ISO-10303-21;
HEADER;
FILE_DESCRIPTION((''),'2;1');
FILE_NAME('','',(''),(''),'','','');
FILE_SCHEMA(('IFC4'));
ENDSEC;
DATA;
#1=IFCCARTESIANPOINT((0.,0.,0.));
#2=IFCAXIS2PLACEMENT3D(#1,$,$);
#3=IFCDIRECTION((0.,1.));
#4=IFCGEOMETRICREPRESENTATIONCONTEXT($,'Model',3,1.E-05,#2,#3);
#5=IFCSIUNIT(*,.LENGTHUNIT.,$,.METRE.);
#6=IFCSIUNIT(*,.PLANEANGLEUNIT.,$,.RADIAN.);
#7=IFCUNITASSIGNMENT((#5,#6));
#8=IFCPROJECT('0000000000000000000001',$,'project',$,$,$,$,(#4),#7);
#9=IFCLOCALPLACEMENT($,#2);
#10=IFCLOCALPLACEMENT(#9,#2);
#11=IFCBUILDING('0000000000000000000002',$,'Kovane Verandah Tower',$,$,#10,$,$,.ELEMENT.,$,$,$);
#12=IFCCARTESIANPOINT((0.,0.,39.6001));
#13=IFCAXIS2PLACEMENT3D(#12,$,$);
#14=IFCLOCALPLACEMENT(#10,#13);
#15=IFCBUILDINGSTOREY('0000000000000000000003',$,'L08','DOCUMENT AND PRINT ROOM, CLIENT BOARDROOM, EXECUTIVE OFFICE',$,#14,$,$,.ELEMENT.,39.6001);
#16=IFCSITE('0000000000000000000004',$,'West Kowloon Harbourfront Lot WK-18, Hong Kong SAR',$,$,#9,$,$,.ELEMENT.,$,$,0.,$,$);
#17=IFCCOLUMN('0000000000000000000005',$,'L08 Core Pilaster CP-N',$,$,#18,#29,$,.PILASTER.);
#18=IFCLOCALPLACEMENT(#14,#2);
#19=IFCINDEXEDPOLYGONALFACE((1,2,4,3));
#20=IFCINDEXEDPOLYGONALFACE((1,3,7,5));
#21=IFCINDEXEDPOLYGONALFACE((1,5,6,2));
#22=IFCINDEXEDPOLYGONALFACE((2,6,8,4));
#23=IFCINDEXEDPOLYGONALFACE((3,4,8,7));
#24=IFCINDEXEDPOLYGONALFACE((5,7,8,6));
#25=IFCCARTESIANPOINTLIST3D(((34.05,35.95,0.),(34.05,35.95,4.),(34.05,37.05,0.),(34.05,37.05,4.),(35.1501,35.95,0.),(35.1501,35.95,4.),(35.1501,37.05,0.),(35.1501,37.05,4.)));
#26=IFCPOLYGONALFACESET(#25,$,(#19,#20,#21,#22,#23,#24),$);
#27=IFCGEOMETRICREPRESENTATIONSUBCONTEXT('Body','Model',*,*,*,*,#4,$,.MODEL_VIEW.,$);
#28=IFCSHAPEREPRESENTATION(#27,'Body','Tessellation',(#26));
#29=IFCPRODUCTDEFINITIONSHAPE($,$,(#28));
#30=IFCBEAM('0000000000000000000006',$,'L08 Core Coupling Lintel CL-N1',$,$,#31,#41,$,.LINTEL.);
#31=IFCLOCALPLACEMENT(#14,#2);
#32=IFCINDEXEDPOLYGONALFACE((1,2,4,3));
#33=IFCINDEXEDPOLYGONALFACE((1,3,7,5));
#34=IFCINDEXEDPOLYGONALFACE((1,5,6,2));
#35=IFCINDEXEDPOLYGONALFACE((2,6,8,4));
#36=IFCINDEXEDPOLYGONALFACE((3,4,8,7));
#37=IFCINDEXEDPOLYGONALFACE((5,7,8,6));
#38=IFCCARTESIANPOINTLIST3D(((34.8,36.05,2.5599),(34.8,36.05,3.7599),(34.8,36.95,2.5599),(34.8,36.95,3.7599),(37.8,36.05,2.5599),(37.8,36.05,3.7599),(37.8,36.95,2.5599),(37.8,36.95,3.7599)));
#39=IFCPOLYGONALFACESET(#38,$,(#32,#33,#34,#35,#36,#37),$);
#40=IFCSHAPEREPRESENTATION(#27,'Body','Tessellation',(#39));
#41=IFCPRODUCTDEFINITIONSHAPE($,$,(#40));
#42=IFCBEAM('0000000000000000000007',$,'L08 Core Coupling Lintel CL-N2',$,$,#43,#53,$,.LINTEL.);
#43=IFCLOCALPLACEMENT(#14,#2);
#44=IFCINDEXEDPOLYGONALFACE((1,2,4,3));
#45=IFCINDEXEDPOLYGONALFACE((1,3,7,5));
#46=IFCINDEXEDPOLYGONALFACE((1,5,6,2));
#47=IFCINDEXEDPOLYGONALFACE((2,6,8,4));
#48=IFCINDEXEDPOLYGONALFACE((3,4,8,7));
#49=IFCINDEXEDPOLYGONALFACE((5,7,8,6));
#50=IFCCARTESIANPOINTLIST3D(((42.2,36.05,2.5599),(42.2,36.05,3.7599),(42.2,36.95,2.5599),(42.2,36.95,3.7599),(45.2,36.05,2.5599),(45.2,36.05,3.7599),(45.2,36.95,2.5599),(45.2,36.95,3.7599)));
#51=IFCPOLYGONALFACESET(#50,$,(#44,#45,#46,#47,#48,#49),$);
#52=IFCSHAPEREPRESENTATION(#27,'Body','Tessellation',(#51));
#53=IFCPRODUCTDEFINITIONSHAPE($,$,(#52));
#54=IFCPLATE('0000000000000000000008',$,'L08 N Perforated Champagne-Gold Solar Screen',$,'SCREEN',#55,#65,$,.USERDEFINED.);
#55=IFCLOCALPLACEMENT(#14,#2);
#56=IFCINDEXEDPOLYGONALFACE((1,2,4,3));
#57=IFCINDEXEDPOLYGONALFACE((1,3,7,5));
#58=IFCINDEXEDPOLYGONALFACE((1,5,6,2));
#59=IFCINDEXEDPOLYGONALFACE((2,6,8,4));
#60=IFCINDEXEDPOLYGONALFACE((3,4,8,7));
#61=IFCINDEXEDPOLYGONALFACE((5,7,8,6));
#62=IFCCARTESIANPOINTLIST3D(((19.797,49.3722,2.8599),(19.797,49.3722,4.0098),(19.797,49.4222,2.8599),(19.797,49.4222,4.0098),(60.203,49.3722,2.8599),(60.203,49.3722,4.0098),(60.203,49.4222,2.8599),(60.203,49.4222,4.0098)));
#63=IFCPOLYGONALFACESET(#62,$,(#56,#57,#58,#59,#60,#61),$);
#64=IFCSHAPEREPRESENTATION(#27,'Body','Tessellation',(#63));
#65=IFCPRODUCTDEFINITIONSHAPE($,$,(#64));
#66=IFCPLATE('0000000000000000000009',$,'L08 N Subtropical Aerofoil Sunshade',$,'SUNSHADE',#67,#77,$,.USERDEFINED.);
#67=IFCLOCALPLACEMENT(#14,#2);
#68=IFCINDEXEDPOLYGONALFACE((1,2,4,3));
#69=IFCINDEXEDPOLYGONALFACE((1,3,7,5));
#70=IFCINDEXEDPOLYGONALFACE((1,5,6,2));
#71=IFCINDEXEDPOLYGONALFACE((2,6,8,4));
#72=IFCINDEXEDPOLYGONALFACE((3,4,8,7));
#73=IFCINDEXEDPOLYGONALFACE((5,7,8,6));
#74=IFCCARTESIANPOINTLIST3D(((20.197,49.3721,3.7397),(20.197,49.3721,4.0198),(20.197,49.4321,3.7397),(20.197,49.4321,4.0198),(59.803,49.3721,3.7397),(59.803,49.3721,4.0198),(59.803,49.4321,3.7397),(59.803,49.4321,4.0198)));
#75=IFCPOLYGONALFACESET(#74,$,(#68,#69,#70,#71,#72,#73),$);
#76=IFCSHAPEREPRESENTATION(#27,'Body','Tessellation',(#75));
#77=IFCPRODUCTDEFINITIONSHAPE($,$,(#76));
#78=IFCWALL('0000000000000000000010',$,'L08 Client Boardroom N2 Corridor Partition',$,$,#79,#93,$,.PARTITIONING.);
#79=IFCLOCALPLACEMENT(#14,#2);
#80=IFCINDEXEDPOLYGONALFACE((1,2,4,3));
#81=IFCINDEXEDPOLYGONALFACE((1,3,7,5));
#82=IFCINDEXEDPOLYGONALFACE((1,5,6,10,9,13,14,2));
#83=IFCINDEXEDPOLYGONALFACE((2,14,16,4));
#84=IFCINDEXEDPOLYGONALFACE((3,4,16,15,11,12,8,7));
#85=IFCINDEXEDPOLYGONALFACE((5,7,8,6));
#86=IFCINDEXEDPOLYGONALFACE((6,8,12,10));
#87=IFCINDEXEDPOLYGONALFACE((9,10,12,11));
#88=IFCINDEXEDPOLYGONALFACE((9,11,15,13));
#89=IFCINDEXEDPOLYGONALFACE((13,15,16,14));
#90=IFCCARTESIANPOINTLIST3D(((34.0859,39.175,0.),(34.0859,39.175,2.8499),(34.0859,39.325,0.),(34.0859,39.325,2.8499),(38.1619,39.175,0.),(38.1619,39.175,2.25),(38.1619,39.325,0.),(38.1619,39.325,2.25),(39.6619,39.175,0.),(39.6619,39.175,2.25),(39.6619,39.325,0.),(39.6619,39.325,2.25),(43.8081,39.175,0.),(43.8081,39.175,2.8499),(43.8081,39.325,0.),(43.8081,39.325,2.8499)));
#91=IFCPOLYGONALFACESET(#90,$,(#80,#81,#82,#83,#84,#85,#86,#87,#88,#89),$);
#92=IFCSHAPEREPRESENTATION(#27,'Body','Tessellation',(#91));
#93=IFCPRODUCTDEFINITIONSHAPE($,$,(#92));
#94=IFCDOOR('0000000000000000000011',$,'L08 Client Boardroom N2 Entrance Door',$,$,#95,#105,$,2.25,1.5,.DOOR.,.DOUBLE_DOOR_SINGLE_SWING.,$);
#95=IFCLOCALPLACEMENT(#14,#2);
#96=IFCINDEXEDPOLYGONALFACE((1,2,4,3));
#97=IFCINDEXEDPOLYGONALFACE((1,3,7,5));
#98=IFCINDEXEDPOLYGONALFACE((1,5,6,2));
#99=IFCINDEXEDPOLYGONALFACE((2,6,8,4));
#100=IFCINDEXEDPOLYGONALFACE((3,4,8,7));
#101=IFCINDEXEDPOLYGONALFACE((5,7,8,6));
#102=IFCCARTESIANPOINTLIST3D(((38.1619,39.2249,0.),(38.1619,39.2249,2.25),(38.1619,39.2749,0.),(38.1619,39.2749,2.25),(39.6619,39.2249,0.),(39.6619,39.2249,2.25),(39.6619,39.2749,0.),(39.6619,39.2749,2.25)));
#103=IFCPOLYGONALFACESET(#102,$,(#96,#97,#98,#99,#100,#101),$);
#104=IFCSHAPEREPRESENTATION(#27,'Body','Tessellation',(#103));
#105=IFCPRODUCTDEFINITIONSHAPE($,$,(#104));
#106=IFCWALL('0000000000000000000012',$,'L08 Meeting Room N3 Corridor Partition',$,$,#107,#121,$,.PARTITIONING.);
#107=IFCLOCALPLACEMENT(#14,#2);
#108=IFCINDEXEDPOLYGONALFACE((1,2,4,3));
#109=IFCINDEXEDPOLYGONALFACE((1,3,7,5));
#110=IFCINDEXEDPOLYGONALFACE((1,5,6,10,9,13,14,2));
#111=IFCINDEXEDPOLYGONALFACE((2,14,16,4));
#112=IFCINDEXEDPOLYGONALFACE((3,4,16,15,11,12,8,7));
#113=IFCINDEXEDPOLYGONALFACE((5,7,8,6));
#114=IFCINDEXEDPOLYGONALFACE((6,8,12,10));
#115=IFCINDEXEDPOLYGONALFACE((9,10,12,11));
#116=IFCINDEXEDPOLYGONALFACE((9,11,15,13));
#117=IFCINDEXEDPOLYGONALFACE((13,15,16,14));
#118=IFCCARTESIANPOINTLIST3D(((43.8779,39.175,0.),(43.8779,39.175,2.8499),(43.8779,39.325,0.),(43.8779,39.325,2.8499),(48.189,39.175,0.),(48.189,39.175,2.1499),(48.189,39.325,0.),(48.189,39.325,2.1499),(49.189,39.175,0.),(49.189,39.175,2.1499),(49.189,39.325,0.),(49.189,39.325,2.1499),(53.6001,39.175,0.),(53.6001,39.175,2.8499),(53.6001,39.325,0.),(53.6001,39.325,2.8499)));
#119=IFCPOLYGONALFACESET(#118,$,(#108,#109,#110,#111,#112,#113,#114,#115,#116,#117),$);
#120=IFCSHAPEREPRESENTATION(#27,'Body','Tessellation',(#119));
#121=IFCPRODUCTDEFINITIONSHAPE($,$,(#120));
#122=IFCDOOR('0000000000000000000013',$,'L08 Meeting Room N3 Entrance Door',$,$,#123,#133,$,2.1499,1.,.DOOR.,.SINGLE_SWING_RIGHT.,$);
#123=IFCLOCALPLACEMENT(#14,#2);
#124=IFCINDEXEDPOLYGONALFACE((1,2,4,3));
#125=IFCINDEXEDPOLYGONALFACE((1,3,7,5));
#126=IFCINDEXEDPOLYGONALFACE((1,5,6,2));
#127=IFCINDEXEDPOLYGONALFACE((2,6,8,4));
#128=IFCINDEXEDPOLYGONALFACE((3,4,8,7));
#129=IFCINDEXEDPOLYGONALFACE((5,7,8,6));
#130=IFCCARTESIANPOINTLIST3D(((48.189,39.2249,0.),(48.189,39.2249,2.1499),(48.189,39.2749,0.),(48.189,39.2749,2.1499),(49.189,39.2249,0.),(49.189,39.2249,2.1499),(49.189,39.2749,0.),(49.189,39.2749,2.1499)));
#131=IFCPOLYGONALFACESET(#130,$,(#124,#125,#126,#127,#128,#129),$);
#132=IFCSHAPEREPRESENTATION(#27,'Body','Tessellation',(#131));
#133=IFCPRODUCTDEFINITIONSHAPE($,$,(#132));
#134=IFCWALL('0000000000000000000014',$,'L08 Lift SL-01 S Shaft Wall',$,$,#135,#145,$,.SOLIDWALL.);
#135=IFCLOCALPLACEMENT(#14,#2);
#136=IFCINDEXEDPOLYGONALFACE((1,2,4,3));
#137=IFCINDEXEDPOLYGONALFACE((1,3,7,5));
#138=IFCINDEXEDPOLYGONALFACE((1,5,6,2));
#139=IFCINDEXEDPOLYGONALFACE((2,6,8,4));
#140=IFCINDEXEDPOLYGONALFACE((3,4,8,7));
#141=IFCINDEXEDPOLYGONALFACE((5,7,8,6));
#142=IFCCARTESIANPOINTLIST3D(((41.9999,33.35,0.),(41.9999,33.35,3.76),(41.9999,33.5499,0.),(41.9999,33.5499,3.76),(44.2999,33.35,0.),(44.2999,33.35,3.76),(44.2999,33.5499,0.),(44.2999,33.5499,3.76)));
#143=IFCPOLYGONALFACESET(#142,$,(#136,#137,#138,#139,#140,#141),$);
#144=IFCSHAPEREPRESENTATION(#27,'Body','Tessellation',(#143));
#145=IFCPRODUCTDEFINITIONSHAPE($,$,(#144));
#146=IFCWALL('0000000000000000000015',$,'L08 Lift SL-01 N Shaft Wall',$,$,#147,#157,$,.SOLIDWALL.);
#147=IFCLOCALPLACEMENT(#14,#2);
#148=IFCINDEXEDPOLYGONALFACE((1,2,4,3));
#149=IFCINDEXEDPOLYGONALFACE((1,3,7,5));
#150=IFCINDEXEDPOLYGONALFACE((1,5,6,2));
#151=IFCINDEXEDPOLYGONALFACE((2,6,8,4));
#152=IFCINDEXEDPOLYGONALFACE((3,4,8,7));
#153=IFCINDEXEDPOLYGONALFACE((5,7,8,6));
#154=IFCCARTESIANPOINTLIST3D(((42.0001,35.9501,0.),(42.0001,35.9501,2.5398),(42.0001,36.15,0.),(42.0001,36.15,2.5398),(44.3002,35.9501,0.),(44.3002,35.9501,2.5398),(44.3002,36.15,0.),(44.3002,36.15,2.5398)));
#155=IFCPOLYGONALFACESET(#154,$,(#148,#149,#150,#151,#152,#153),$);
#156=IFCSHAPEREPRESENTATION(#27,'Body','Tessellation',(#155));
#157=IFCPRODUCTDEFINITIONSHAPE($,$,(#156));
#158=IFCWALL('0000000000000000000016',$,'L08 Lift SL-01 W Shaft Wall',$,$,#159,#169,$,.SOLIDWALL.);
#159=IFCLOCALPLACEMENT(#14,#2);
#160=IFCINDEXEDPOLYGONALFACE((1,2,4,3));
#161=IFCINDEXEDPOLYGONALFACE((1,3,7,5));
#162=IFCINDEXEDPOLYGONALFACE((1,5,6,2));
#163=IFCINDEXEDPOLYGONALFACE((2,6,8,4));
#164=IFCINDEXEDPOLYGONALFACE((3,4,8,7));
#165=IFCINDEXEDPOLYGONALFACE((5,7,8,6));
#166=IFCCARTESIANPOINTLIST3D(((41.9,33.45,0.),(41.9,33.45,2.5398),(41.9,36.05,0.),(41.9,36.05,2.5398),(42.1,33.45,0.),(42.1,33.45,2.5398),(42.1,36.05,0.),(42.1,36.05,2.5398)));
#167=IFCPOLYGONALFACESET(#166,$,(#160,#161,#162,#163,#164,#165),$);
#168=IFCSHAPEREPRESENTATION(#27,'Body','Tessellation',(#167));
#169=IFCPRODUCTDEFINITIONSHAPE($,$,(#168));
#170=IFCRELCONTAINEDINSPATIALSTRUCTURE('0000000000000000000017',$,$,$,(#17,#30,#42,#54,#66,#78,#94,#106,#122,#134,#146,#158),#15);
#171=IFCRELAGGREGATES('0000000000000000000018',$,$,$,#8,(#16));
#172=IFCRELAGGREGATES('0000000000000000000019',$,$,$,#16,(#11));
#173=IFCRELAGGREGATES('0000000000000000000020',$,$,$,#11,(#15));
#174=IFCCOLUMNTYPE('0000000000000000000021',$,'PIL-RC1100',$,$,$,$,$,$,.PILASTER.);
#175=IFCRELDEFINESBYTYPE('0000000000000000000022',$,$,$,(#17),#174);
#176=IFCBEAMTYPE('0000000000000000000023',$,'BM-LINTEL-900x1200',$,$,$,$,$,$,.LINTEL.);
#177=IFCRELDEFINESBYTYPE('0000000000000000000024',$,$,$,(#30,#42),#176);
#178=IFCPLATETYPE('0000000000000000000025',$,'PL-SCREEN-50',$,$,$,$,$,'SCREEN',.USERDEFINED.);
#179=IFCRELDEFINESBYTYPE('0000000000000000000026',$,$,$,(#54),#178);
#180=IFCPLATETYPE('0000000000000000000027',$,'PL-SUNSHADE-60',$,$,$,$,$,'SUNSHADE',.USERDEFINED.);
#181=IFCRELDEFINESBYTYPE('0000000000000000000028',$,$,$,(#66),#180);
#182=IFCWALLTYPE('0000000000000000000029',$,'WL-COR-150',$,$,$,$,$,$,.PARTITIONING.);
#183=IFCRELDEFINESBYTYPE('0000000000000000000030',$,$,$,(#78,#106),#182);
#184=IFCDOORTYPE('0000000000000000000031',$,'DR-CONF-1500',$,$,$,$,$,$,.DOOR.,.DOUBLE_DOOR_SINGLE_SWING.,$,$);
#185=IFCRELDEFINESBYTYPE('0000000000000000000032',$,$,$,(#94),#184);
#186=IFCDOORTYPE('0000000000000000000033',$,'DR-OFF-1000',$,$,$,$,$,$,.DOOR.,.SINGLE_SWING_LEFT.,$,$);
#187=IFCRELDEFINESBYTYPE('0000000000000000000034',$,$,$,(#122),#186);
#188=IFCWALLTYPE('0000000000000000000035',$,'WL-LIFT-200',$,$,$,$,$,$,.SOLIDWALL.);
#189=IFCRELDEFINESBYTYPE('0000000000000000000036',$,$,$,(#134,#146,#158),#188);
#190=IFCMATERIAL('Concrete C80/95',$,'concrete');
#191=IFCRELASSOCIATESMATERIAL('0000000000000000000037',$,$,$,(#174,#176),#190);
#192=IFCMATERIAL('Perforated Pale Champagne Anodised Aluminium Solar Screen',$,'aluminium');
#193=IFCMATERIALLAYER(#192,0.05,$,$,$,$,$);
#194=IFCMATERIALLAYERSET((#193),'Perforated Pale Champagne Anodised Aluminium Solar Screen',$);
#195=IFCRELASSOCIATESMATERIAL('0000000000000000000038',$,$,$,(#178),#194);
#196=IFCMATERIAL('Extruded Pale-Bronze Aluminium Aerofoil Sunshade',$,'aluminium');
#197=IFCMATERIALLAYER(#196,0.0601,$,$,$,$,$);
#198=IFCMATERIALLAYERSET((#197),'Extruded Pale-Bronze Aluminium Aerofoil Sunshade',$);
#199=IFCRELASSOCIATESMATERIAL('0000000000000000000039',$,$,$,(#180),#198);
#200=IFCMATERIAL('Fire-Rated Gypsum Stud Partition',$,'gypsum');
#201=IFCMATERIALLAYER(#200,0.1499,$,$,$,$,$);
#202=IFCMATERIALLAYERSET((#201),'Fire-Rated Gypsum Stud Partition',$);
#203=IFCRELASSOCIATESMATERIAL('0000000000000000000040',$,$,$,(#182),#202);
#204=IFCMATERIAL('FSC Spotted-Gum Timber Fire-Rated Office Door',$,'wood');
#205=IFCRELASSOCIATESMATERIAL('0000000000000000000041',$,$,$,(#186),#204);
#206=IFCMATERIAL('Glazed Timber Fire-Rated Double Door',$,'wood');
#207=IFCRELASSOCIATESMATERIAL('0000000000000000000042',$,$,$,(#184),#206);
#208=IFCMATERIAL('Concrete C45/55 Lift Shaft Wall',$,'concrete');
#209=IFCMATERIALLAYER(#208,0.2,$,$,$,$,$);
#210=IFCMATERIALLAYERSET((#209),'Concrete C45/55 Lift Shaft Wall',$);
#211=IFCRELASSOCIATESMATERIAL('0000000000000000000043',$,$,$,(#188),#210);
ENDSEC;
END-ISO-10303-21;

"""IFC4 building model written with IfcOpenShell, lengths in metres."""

from ifc_helpers import new_model, si_unit, direction, frame, frame_2d, origin, origin_2d, place, context, subcontext, project, spatial, rectangle, extrude, material, layer, layer_set, material_profile, profile_set, type_object, element, fill, save


model = new_model("IFC4")

# Units and contexts
model_context = context("Model", 3, precision=1e-05, world=origin(), true_north=direction((0.0, 1.0)))
body_context = subcontext(model_context, "Body", "Model", "MODEL_VIEW")
ifc_project = project(units=[si_unit("LENGTHUNIT", "METRE"), si_unit("PLANEANGLEUNIT", "RADIAN")], contexts=[model_context])

# Site, building, storey
site_placement = place(None, origin())
site = spatial("IfcSite", under=ifc_project, at=site_placement, Name="West Kowloon Harbourfront Lot WK-18, Hong Kong SAR", CompositionType="ELEMENT", RefElevation=0.0)
building_placement = place(site_placement, origin())
building = spatial("IfcBuilding", under=site, at=building_placement, Name="Kovane Verandah Tower", CompositionType="ELEMENT")
storey_placement = place(building_placement, frame((0.0, 0.0, 39.6001)))
storey = spatial("IfcBuildingStorey", under=building, at=storey_placement, Name="L08", Description="DOCUMENT AND PRINT ROOM, CLIENT BOARDROOM, EXECUTIVE OFFICE", CompositionType="ELEMENT", Elevation=39.6001)

# Column
ifc_material_1 = material(Name="Concrete C80/95", Category="concrete")
ifc_material_profile_1 = material_profile(ifc_material_1, rectangle(XDim=1.1001, YDim=1.1001, at=origin_2d()), Name="RC1100x1100")
ifc_profile_set_1 = profile_set([ifc_material_profile_1], Name="Concrete C80/95")
column_type = type_object("IfcColumnType", Name="PIL-RC1100", PredefinedType="PILASTER", material=ifc_profile_set_1)
column_placement = place(storey_placement, frame((34.6001, 36.5, 0.0), z_axis=(0.0, 0.0, 1.0), x_axis=(1.0, 0.0, 0.0)))
element("IfcColumn", 1, at=column_placement, inside=storey, type_object=column_type, Name="L08 Core Pilaster CP-N", PredefinedType="PILASTER", context=body_context, shape_type="SweptSolid", body=[
    extrude(rectangle(XDim=1.1001, YDim=1.1001, at=origin_2d()), origin(), (0.0, 0.0, 1.0), 4.0),
])

# Beams
ifc_material_profile_2 = material_profile(ifc_material_1, rectangle(XDim=0.8999, YDim=1.2, at=origin_2d()), Name="RCB900x1200")
ifc_profile_set_2 = profile_set([ifc_material_profile_2], Name="Concrete C80/95")
beam_type = type_object("IfcBeamType", Name="BM-LINTEL-900x1200", PredefinedType="LINTEL", material=ifc_profile_set_2)
for number, where, z_axis, x_axis, name in (
    (2, (34.8, 36.5, 3.1599), (1.0, 0.0, 0.0), (0.0, 1.0, 0.0), "L08 Core Coupling Lintel CL-N1"),
    (3, (42.2, 36.5, 3.1599), (1.0, 0.0, 0.0), (0.0, 1.0, 0.0), "L08 Core Coupling Lintel CL-N2"),
):
    element("IfcBeam", number, at=place(storey_placement, frame(where, z_axis=z_axis, x_axis=x_axis)), inside=storey, type_object=beam_type, Name=name, PredefinedType="LINTEL", context=body_context, shape_type="SweptSolid", body=[
        extrude(rectangle(XDim=0.8999, YDim=1.2, at=origin_2d()), origin(), (0.0, 0.0, 1.0), 3.0),
    ])

# Plates
ifc_material_2 = material(Name="Perforated Pale Champagne Anodised Aluminium Solar Screen", Category="aluminium")
ifc_layer_1 = layer(ifc_material_2, 0.05)
ifc_layer_set_1 = layer_set([ifc_layer_1], Name="Perforated Pale Champagne Anodised Aluminium Solar Screen")
plate_type_1 = type_object("IfcPlateType", Name="PL-SCREEN-50", ElementType="SCREEN", PredefinedType="USERDEFINED", material=ifc_layer_set_1)
plate_1_placement = place(storey_placement, frame((40.0, 49.3972, 2.8599), z_axis=(0.0, 0.0, 1.0), x_axis=(-1.0, 0.0, 0.0)))
element("IfcPlate", 4, at=plate_1_placement, inside=storey, type_object=plate_type_1, Name="L08 N Perforated Champagne-Gold Solar Screen", ObjectType="SCREEN", PredefinedType="USERDEFINED", context=body_context, shape_type="SweptSolid", body=[
    extrude(rectangle(XDim=40.406, YDim=0.05, at=origin_2d()), origin(), (0.0, 0.0, 1.0), 1.1499),
])
ifc_material_3 = material(Name="Extruded Pale-Bronze Aluminium Aerofoil Sunshade", Category="aluminium")
ifc_layer_2 = layer(ifc_material_3, 0.0601)
ifc_layer_set_2 = layer_set([ifc_layer_2], Name="Extruded Pale-Bronze Aluminium Aerofoil Sunshade")
plate_type_2 = type_object("IfcPlateType", Name="PL-SUNSHADE-60", ElementType="SUNSHADE", PredefinedType="USERDEFINED", material=ifc_layer_set_2)
plate_2_placement = place(storey_placement, frame((40.0, 49.4021, 3.7397), z_axis=(0.0, 0.0, 1.0), x_axis=(-1.0, 0.0, 0.0)))
element("IfcPlate", 5, at=plate_2_placement, inside=storey, type_object=plate_type_2, Name="L08 N Subtropical Aerofoil Sunshade", ObjectType="SUNSHADE", PredefinedType="USERDEFINED", context=body_context, shape_type="SweptSolid", body=[
    extrude(rectangle(XDim=39.606, YDim=0.0601, at=origin_2d()), origin(), (0.0, 0.0, 1.0), 0.28),
])

# Walls, openings, doors
ifc_material_4 = material(Name="Fire-Rated Gypsum Stud Partition", Category="gypsum")
ifc_layer_3 = layer(ifc_material_4, 0.1499)
ifc_layer_set_3 = layer_set([ifc_layer_3], Name="Fire-Rated Gypsum Stud Partition")
wall_type_1 = type_object("IfcWallType", Name="WL-COR-150", PredefinedType="PARTITIONING", material=ifc_layer_set_3)
ifc_material_5 = material(Name="FSC Spotted-Gum Timber Fire-Rated Office Door", Category="wood")
door_type_1 = type_object("IfcDoorType", Name="DR-OFF-1000", OperationType="SINGLE_SWING_LEFT", PredefinedType="DOOR", material=ifc_material_5)
wall_1_placement = place(storey_placement, frame((34.0859, 39.25, 0.0), z_axis=(0.0, 0.0, 1.0), x_axis=(1.0, 0.0, 0.0)))
wall_1 = element("IfcWall", 6, at=wall_1_placement, inside=storey, type_object=wall_type_1, Name="L08 Client Boardroom N2 Corridor Partition", PredefinedType="PARTITIONING", context=body_context, shape_type="SweptSolid", body=[
    extrude(rectangle(XDim=9.7222, YDim=0.1499, at=frame_2d((4.8611, 0.0))), origin(), (0.0, 0.0, 1.0), 2.8499),
])
opening_1_placement = place(wall_1_placement, frame((4.0759, 0.0, 0.0)))
opening_1 = element("IfcOpeningElement", 7, at=opening_1_placement, cuts=wall_1, PredefinedType="OPENING", context=body_context, shape_type="SweptSolid", body=[
    extrude(rectangle(XDim=1.5, YDim=2.25, at=frame_2d((0.75, 1.125))), frame((0.0, 0.075, 0.0), z_axis=(0.0, -1.0, 0.0), x_axis=(1.0, 0.0, 0.0)), (0.0, 0.0, 1.0), 0.1499),
])
ifc_material_6 = material(Name="Glazed Timber Fire-Rated Double Door", Category="wood")
door_type_2 = type_object("IfcDoorType", Name="DR-CONF-1500", OperationType="DOUBLE_DOOR_SINGLE_SWING", PredefinedType="DOOR", material=ifc_material_6)
door_1_placement = place(opening_1_placement, origin())
door_1 = element("IfcDoor", 8, at=door_1_placement, inside=storey, type_object=door_type_2, Name="L08 Client Boardroom N2 Entrance Door", OperationType="DOUBLE_DOOR_SINGLE_SWING", OverallHeight=2.25, OverallWidth=1.5, PredefinedType="DOOR", context=body_context, shape_type="SweptSolid", body=[
    extrude(rectangle(XDim=1.5, YDim=2.25, at=frame_2d((0.75, 1.125))), frame((0.0, 0.0249, 0.0), z_axis=(0.0, -1.0, 0.0), x_axis=(1.0, 0.0, 0.0)), (0.0, 0.0, 1.0), 0.05),
])
fill(opening_1, door_1)
wall_2_placement = place(storey_placement, frame((43.8779, 39.25, 0.0), z_axis=(0.0, 0.0, 1.0), x_axis=(1.0, 0.0, 0.0)))
wall_2 = element("IfcWall", 9, at=wall_2_placement, inside=storey, type_object=wall_type_1, Name="L08 Meeting Room N3 Corridor Partition", PredefinedType="PARTITIONING", context=body_context, shape_type="SweptSolid", body=[
    extrude(rectangle(XDim=9.7222, YDim=0.1499, at=frame_2d((4.8611, 0.0))), origin(), (0.0, 0.0, 1.0), 2.8499),
])
opening_2_placement = place(wall_2_placement, frame((4.311, 0.0, 0.0)))
opening_2 = element("IfcOpeningElement", 10, at=opening_2_placement, cuts=wall_2, PredefinedType="OPENING", context=body_context, shape_type="SweptSolid", body=[
    extrude(rectangle(XDim=1.0, YDim=2.1499, at=frame_2d((0.5, 1.075))), frame((0.0, 0.075, 0.0), z_axis=(0.0, -1.0, 0.0), x_axis=(1.0, 0.0, 0.0)), (0.0, 0.0, 1.0), 0.1499),
])
door_2_placement = place(opening_2_placement, origin())
door_2 = element("IfcDoor", 11, at=door_2_placement, inside=storey, type_object=door_type_1, Name="L08 Meeting Room N3 Entrance Door", OperationType="SINGLE_SWING_RIGHT", OverallHeight=2.1499, OverallWidth=1.0, PredefinedType="DOOR", context=body_context, shape_type="SweptSolid", body=[
    extrude(rectangle(XDim=1.0, YDim=2.1499, at=frame_2d((0.5, 1.075))), frame((0.0, 0.0249, 0.0), z_axis=(0.0, -1.0, 0.0), x_axis=(1.0, 0.0, 0.0)), (0.0, 0.0, 1.0), 0.05),
])
fill(opening_2, door_2)

# Walls
ifc_material_7 = material(Name="Concrete C45/55 Lift Shaft Wall", Category="concrete")
ifc_layer_4 = layer(ifc_material_7, 0.2)
ifc_layer_set_4 = layer_set([ifc_layer_4], Name="Concrete C45/55 Lift Shaft Wall")
wall_type_2 = type_object("IfcWallType", Name="WL-LIFT-200", PredefinedType="SOLIDWALL", material=ifc_layer_set_4)
wall_3_placement = place(storey_placement, frame((42.0, 33.45, 0.0), z_axis=(0.0, 0.0, 1.0), x_axis=(1.0, 0.0, 0.0)))
element("IfcWall", 12, at=wall_3_placement, inside=storey, type_object=wall_type_2, Name="L08 Lift SL-01 S Shaft Wall", PredefinedType="SOLIDWALL", context=body_context, shape_type="SweptSolid", body=[
    extrude(rectangle(XDim=2.3, YDim=0.2, at=frame_2d((1.1499, 0.0))), origin(), (0.0, 0.0, 1.0), 3.76),
])
wall_4_placement = place(storey_placement, frame((44.3, 36.05, 0.0), z_axis=(0.0, 0.0, 1.0), x_axis=(-1.0, 0.0, 0.0)))
element("IfcWall", 13, at=wall_4_placement, inside=storey, type_object=wall_type_2, Name="L08 Lift SL-01 N Shaft Wall", PredefinedType="SOLIDWALL", context=body_context, shape_type="SweptSolid", body=[
    extrude(rectangle(XDim=2.3, YDim=0.2, at=frame_2d((1.1499, 0.0))), origin(), (0.0, 0.0, 1.0), 2.5398),
])
for number, where, z_axis, x_axis, name in (
    (14, (42.0, 36.05, 0.0), (0.0, 0.0, 1.0), (0.0, -1.0, 0.0), "L08 Lift SL-01 W Shaft Wall"),
):
    element("IfcWall", number, at=place(storey_placement, frame(where, z_axis=z_axis, x_axis=x_axis)), inside=storey, type_object=wall_type_2, Name=name, PredefinedType="SOLIDWALL", context=body_context, shape_type="SweptSolid", body=[
        extrude(rectangle(XDim=2.6001, YDim=0.2, at=frame_2d((1.3, 0.0))), origin(), (0.0, 0.0, 1.0), 2.5398),
    ])

save(model, "model.ifc")
